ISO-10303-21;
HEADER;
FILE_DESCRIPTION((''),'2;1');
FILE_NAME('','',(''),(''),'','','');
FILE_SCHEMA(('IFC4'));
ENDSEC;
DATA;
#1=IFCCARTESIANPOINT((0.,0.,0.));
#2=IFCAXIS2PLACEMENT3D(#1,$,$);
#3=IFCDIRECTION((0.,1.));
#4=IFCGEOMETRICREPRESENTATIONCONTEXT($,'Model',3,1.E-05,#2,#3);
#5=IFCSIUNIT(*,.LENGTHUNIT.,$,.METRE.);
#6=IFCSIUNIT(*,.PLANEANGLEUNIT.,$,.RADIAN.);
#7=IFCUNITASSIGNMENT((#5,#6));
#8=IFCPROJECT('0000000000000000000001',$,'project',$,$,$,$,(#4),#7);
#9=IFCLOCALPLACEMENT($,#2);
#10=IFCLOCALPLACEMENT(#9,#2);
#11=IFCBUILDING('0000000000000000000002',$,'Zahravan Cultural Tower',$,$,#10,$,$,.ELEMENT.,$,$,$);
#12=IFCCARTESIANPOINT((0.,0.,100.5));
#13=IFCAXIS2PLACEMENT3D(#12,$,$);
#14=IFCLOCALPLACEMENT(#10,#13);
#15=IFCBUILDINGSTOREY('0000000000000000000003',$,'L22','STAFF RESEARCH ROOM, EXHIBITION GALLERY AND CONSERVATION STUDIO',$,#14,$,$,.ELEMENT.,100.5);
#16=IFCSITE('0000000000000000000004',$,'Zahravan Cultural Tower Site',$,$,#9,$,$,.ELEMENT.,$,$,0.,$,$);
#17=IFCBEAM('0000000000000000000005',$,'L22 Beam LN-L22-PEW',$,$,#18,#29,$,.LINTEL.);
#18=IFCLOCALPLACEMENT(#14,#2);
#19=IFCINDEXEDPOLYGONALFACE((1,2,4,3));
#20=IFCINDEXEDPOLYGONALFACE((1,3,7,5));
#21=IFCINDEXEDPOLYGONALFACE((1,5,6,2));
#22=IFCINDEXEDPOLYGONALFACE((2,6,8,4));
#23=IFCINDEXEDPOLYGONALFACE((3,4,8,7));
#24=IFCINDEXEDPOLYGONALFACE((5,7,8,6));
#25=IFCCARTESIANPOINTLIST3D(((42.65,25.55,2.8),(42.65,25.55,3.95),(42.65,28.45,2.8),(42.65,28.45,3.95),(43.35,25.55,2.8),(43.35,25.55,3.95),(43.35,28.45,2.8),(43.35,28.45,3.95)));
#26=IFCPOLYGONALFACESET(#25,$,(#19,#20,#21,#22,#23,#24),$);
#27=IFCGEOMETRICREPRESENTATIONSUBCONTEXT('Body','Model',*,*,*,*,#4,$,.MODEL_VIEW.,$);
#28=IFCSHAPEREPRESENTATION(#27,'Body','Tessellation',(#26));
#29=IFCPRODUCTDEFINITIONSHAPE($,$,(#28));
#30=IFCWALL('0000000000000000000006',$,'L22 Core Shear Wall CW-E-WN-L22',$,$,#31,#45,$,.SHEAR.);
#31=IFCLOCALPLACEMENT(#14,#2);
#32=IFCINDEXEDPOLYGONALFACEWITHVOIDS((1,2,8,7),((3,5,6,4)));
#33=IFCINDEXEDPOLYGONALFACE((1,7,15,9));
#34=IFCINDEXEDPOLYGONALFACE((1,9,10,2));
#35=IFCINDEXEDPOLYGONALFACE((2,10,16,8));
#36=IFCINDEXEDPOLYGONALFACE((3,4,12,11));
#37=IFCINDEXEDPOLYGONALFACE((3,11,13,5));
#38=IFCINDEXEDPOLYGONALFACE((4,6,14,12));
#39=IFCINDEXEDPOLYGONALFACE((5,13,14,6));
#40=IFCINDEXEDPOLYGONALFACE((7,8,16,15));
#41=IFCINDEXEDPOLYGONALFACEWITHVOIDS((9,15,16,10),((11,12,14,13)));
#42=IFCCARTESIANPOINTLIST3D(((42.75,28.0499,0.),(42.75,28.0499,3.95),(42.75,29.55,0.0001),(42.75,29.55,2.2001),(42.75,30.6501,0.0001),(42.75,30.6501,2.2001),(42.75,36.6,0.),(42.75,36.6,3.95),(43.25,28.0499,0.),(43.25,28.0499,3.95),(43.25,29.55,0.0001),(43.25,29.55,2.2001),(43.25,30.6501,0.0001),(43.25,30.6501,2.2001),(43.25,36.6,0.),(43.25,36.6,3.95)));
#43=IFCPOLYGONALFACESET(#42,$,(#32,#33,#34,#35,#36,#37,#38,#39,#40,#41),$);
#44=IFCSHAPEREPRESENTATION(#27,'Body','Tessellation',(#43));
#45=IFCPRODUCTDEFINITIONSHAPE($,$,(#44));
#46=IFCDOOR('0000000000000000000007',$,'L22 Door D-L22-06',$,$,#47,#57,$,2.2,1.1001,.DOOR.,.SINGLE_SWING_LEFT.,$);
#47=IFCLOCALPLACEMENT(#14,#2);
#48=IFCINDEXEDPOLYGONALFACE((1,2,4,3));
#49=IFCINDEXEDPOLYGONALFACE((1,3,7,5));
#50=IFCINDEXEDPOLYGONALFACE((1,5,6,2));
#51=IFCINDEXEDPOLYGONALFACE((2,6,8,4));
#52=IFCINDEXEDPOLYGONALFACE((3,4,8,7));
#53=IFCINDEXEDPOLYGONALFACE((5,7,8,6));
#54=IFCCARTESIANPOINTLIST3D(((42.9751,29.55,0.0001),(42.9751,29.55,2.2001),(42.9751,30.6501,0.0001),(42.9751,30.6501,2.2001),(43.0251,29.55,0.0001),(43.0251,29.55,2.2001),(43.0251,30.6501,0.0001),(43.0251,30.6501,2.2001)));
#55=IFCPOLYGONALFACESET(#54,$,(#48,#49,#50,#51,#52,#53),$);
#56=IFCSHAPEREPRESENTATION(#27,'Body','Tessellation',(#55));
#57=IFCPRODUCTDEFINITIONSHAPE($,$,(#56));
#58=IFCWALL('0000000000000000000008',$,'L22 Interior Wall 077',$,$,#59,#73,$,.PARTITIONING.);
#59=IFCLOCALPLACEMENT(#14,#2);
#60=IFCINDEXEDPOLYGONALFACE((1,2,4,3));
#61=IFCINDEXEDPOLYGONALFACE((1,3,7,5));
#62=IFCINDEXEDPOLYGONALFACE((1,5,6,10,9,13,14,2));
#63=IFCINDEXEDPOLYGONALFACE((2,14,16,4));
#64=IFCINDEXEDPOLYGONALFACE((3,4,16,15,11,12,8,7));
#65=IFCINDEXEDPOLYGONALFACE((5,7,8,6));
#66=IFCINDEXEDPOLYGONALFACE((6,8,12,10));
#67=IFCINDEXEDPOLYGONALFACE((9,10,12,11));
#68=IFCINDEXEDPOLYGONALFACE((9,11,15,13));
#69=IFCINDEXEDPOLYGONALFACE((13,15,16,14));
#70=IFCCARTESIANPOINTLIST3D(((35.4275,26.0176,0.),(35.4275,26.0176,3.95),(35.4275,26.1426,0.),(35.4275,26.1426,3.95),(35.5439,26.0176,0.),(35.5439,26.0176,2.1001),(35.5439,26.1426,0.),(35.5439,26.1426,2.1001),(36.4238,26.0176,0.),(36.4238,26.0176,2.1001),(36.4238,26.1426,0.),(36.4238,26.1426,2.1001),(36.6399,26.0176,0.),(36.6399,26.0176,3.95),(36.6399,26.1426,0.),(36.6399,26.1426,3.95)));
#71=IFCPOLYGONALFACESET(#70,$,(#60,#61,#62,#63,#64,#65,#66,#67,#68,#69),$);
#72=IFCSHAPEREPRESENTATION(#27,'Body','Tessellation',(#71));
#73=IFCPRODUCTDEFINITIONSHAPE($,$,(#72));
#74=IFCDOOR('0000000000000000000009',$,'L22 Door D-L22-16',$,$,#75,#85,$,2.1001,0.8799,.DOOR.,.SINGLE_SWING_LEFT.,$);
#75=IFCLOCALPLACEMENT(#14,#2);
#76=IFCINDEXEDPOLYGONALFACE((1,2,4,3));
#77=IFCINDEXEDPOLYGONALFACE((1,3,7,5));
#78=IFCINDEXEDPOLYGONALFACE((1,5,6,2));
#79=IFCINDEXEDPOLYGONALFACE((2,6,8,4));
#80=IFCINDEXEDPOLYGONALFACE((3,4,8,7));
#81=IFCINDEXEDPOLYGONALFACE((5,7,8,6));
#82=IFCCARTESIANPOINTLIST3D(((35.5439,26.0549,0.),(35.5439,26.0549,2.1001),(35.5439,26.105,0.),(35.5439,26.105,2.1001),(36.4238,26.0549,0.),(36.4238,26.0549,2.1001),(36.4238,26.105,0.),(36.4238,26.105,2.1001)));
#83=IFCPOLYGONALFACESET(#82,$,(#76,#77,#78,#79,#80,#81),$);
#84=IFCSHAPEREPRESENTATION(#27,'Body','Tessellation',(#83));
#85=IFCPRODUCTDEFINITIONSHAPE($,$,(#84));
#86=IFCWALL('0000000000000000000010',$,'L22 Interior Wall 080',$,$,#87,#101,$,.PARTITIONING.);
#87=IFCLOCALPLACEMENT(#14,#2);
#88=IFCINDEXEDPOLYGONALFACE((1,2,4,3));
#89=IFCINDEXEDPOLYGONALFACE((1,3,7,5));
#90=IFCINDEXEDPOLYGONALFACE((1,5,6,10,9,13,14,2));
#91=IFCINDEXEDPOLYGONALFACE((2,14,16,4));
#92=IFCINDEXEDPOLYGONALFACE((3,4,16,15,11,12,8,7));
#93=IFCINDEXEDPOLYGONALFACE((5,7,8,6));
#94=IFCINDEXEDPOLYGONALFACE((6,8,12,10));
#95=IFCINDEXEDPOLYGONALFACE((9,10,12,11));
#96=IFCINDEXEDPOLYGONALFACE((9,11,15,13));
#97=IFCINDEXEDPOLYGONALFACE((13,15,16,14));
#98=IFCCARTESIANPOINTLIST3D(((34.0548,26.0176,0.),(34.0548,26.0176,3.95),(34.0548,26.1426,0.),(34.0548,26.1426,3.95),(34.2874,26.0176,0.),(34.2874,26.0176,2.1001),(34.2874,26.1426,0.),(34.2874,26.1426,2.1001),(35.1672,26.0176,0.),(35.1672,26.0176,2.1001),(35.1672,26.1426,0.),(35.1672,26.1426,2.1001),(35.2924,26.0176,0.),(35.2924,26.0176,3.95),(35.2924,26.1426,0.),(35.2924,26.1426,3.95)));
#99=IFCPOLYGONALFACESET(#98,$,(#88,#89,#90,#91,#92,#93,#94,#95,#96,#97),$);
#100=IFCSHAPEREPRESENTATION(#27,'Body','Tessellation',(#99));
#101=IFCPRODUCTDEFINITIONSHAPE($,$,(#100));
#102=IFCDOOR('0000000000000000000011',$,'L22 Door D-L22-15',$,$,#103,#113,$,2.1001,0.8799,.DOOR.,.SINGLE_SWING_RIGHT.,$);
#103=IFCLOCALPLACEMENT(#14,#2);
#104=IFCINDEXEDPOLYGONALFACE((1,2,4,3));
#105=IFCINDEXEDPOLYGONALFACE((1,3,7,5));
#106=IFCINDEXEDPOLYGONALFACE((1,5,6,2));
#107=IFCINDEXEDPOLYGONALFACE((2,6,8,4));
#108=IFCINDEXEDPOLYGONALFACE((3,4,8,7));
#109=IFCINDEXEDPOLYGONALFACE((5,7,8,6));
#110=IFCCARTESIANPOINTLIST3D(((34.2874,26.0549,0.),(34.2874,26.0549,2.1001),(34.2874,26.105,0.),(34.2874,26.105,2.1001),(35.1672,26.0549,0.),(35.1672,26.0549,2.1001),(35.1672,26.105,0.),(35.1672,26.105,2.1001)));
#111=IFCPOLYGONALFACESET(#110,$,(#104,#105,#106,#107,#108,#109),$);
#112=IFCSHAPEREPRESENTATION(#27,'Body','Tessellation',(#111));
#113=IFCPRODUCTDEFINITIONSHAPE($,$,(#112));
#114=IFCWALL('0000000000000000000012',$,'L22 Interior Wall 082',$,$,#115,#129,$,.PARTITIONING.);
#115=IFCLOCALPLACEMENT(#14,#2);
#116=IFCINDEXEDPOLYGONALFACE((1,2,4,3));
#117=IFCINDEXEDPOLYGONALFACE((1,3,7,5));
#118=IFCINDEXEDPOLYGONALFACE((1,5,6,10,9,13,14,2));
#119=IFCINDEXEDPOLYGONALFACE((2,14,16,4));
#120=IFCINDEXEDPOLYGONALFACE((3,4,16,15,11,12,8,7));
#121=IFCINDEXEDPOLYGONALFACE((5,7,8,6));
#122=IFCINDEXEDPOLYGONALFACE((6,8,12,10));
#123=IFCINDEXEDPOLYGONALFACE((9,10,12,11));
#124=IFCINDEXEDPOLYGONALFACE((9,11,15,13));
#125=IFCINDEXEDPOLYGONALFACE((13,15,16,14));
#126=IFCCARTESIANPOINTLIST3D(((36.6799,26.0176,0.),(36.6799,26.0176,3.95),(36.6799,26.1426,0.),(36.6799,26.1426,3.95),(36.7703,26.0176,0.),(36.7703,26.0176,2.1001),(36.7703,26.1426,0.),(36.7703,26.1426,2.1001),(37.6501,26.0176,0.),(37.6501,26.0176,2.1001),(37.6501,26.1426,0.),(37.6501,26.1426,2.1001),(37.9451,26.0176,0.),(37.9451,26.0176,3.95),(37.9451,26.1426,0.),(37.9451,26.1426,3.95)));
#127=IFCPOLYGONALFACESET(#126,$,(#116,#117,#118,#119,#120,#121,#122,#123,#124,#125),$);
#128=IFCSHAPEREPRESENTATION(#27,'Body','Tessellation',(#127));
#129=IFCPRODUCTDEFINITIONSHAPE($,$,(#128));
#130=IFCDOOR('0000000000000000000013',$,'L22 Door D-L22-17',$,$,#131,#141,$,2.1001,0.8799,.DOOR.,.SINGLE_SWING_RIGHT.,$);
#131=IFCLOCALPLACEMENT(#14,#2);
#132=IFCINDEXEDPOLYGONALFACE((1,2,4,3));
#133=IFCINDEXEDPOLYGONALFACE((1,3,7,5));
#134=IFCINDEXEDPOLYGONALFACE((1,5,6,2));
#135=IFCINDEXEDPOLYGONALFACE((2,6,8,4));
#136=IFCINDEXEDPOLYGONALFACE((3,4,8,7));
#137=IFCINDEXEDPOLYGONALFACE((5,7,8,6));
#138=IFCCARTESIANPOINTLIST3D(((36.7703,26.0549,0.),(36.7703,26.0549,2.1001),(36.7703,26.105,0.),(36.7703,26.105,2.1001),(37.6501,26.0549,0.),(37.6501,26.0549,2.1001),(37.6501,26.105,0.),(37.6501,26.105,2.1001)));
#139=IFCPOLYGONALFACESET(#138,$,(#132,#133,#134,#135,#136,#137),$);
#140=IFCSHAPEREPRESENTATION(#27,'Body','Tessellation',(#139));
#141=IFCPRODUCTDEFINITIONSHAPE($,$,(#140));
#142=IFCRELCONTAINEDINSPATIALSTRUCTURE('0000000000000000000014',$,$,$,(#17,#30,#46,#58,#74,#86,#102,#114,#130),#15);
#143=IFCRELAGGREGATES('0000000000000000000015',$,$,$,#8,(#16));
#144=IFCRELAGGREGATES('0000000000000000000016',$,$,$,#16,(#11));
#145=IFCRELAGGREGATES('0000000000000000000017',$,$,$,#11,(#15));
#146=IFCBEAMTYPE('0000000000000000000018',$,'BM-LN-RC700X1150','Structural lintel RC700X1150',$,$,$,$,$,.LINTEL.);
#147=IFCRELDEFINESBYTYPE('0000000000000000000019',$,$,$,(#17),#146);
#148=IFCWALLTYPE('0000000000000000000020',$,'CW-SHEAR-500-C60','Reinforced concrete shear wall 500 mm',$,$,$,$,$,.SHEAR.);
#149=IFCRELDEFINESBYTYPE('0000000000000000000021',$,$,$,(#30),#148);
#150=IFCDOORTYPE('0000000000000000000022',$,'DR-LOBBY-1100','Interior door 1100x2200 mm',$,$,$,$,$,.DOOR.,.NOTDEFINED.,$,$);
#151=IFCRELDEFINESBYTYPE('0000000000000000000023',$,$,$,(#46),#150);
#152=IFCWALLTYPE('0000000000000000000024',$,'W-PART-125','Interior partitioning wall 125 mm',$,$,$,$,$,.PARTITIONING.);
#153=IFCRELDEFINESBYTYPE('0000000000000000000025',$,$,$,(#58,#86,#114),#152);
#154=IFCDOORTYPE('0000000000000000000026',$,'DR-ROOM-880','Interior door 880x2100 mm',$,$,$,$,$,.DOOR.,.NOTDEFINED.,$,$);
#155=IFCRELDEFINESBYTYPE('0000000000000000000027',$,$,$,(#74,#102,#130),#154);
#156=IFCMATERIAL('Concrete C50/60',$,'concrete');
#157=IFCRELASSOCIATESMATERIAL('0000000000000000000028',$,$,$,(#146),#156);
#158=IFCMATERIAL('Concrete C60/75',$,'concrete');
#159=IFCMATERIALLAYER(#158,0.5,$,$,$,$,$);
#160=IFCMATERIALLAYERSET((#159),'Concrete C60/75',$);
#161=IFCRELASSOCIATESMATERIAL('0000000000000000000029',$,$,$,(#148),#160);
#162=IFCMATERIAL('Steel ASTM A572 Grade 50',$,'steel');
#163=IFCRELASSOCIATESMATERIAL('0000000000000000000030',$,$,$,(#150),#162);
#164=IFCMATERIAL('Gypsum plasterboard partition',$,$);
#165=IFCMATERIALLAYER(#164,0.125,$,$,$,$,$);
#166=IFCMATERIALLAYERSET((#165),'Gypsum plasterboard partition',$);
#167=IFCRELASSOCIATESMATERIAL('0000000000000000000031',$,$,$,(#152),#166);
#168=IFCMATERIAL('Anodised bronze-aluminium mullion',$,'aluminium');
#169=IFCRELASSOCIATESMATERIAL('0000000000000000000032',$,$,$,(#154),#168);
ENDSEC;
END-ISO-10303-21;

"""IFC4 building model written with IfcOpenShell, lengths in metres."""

from ifc_helpers import new_model, si_unit, direction, frame, frame_2d, origin, origin_2d, place, context, subcontext, project, spatial, rectangle, extrude, source, transform, mapped, material, layer, layer_set, material_profile, profile_set, type_object, element, fill, save


model = new_model("IFC4")

# Units and contexts
model_context = context("Model", 3, precision=1e-05, world=origin(), true_north=direction((0.0, 1.0)))
body_context = subcontext(model_context, "Body", "Model", "MODEL_VIEW")
ifc_project = project(units=[si_unit("LENGTHUNIT", "METRE"), si_unit("PLANEANGLEUNIT", "RADIAN")], contexts=[model_context])

# Site, building, storey
site_placement = place(None, origin())
site = spatial("IfcSite", under=ifc_project, at=site_placement, Name="Zahravan Cultural Tower Site", CompositionType="ELEMENT", RefElevation=0.0)
building_placement = place(site_placement, origin())
building = spatial("IfcBuilding", under=site, at=building_placement, Name="Zahravan Cultural Tower", CompositionType="ELEMENT")
storey_placement = place(building_placement, frame((0.0, 0.0, 100.5)))
storey = spatial("IfcBuildingStorey", under=building, at=storey_placement, Name="L22", Description="STAFF RESEARCH ROOM, EXHIBITION GALLERY AND CONSERVATION STUDIO", CompositionType="ELEMENT", Elevation=100.5)

# Beam
ifc_material_1 = material(Name="Concrete C50/60", Category="concrete")
ifc_material_profile = material_profile(ifc_material_1, rectangle(XDim=0.7, YDim=1.1499, at=origin_2d()), Name="RC700X1150")
ifc_profile_set = profile_set([ifc_material_profile], Name="Concrete C50/60")
beam_type = type_object("IfcBeamType", Name="BM-LN-RC700X1150", Description="Structural lintel RC700X1150", PredefinedType="LINTEL", material=ifc_profile_set)
shared_shape_1 = source(origin(), body_context, "Body", "SweptSolid", [
    extrude(rectangle(XDim=0.7, YDim=1.1499, at=origin_2d()), origin(), (0.0, 0.0, 1.0), 2.8999),
])
beam_placement = place(storey_placement, frame((43.0, 25.55, 3.375), z_axis=(0.0, 1.0, 0.0), x_axis=(-1.0, 0.0, 0.0)))
element("IfcBeam", 1, at=beam_placement, inside=storey, type_object=beam_type, Name="L22 Beam LN-L22-PEW", PredefinedType="LINTEL", context=body_context, shape_type="MappedRepresentation", body=[
    mapped(shared_shape_1, transform((0.0, 0.0, 0.0), x_axis=(1.0, 0.0, 0.0), y_axis=(0.0, 1.0, 0.0), z_axis=(0.0, 0.0, 1.0), scale=1.0)),
])

# Walls, openings, doors
ifc_material_2 = material(Name="Concrete C60/75", Category="concrete")
ifc_layer_1 = layer(ifc_material_2, 0.5)
ifc_layer_set_1 = layer_set([ifc_layer_1], Name="Concrete C60/75")
wall_type_1 = type_object("IfcWallType", Name="CW-SHEAR-500-C60", Description="Reinforced concrete shear wall 500 mm", PredefinedType="SHEAR", material=ifc_layer_set_1)
wall_1_placement = place(storey_placement, frame((43.0, 28.05, 0.0), z_axis=(0.0, 0.0, 1.0), x_axis=(0.0, 1.0, 0.0)))
wall_1 = element("IfcWall", 2, at=wall_1_placement, inside=storey, type_object=wall_type_1, Name="L22 Core Shear Wall CW-E-WN-L22", PredefinedType="SHEAR", context=body_context, shape_type="SweptSolid", body=[
    extrude(rectangle(XDim=8.55, YDim=0.5, at=frame_2d((4.2749, 0.0))), origin(), (0.0, 0.0, 1.0), 3.95),
])
opening_1_placement = place(wall_1_placement, frame((1.5, 0.0, 0.0)))
opening_1 = element("IfcOpeningElement", 3, at=opening_1_placement, cuts=wall_1, PredefinedType="OPENING", context=body_context, shape_type="SweptSolid", body=[
    extrude(rectangle(XDim=1.1001, YDim=2.2, at=frame_2d((0.55, 1.1001))), frame((0.0, 0.26, 0.0), z_axis=(0.0, -1.0, 0.0), x_axis=(1.0, 0.0, 0.0)), (0.0, 0.0, 1.0), 0.52),
])
ifc_material_3 = material(Name="Steel ASTM A572 Grade 50", Category="steel")
door_type_1 = type_object("IfcDoorType", Name="DR-LOBBY-1100", Description="Interior door 1100x2200 mm", OperationType="NOTDEFINED", PredefinedType="DOOR", material=ifc_material_3)
shared_shape_2 = source(origin(), body_context, "Body", "SweptSolid", [
    extrude(rectangle(XDim=1.1001, YDim=2.2, at=frame_2d((0.55, 1.1001))), frame((0.0, 0.0249, 0.0), z_axis=(0.0, -1.0, 0.0), x_axis=(1.0, 0.0, 0.0)), (0.0, 0.0, 1.0), 0.05),
])
door_1_placement = place(opening_1_placement, origin())
door_1 = element("IfcDoor", 4, at=door_1_placement, inside=storey, type_object=door_type_1, Name="L22 Door D-L22-06", OperationType="SINGLE_SWING_LEFT", OverallHeight=2.2, OverallWidth=1.1001, PredefinedType="DOOR", context=body_context, shape_type="MappedRepresentation", body=[
    mapped(shared_shape_2, transform((0.0, 0.0, 0.0), x_axis=(1.0, 0.0, 0.0), y_axis=(0.0, 1.0, 0.0), z_axis=(0.0, 0.0, 1.0), scale=1.0)),
])
fill(opening_1, door_1)
ifc_material_4 = material(Name="Gypsum plasterboard partition")
ifc_layer_2 = layer(ifc_material_4, 0.125)
ifc_layer_set_2 = layer_set([ifc_layer_2], Name="Gypsum plasterboard partition")
wall_type_2 = type_object("IfcWallType", Name="W-PART-125", Description="Interior partitioning wall 125 mm", PredefinedType="PARTITIONING", material=ifc_layer_set_2)
wall_2_placement = place(storey_placement, frame((35.4275, 26.0801, 0.0), z_axis=(0.0, 0.0, 1.0), x_axis=(1.0, 0.0, 0.0)))
wall_2 = element("IfcWall", 5, at=wall_2_placement, inside=storey, type_object=wall_type_2, Name="L22 Interior Wall 077", PredefinedType="PARTITIONING", context=body_context, shape_type="SweptSolid", body=[
    extrude(rectangle(XDim=1.2124, YDim=0.125, at=frame_2d((0.6062, 0.0))), origin(), (0.0, 0.0, 1.0), 3.95),
])
opening_2_placement = place(wall_2_placement, frame((0.1165, 0.0, 0.0)))
opening_2 = element("IfcOpeningElement", 6, at=opening_2_placement, cuts=wall_2, PredefinedType="OPENING", context=body_context, shape_type="SweptSolid", body=[
    extrude(rectangle(XDim=0.8799, YDim=2.1001, at=frame_2d((0.4399, 1.05))), frame((0.0, 0.0725, 0.0), z_axis=(0.0, -1.0, 0.0), x_axis=(1.0, 0.0, 0.0)), (0.0, 0.0, 1.0), 0.145),
])
ifc_material_5 = material(Name="Anodised bronze-aluminium mullion", Category="aluminium")
door_type_2 = type_object("IfcDoorType", Name="DR-ROOM-880", Description="Interior door 880x2100 mm", OperationType="NOTDEFINED", PredefinedType="DOOR", material=ifc_material_5)
shared_shape_3 = source(origin(), body_context, "Body", "SweptSolid", [
    extrude(rectangle(XDim=0.8799, YDim=2.1001, at=frame_2d((0.4399, 1.05))), frame((0.0, 0.0249, 0.0), z_axis=(0.0, -1.0, 0.0), x_axis=(1.0, 0.0, 0.0)), (0.0, 0.0, 1.0), 0.05),
])
door_2_placement = place(opening_2_placement, origin())
door_2 = element("IfcDoor", 7, at=door_2_placement, inside=storey, type_object=door_type_2, Name="L22 Door D-L22-16", OperationType="SINGLE_SWING_LEFT", OverallHeight=2.1001, OverallWidth=0.8799, PredefinedType="DOOR", context=body_context, shape_type="MappedRepresentation", body=[
    mapped(shared_shape_3, transform((0.0, 0.0, 0.0), x_axis=(1.0, 0.0, 0.0), y_axis=(0.0, 1.0, 0.0), z_axis=(0.0, 0.0, 1.0), scale=1.0)),
])
fill(opening_2, door_2)
wall_3_placement = place(storey_placement, frame((34.0549, 26.0801, 0.0), z_axis=(0.0, 0.0, 1.0), x_axis=(1.0, 0.0, 0.0)))
wall_3 = element("IfcWall", 8, at=wall_3_placement, inside=storey, type_object=wall_type_2, Name="L22 Interior Wall 080", PredefinedType="PARTITIONING", context=body_context, shape_type="SweptSolid", body=[
    extrude(rectangle(XDim=1.2375, YDim=0.125, at=frame_2d((0.6187, 0.0))), origin(), (0.0, 0.0, 1.0), 3.95),
])
opening_3_placement = place(wall_3_placement, frame((0.2324, 0.0, 0.0)))
opening_3 = element("IfcOpeningElement", 9, at=opening_3_placement, cuts=wall_3, PredefinedType="OPENING", context=body_context, shape_type="SweptSolid", body=[
    extrude(rectangle(XDim=0.8799, YDim=2.1001, at=frame_2d((0.4399, 1.05))), frame((0.0, 0.0725, 0.0), z_axis=(0.0, -1.0, 0.0), x_axis=(1.0, 0.0, 0.0)), (0.0, 0.0, 1.0), 0.145),
])
door_3_placement = place(opening_3_placement, origin())
door_3 = element("IfcDoor", 10, at=door_3_placement, inside=storey, type_object=door_type_2, Name="L22 Door D-L22-15", OperationType="SINGLE_SWING_RIGHT", OverallHeight=2.1001, OverallWidth=0.8799, PredefinedType="DOOR", context=body_context, shape_type="MappedRepresentation", body=[
    mapped(shared_shape_3, transform((0.0, 0.0, 0.0), x_axis=(1.0, 0.0, 0.0), y_axis=(0.0, 1.0, 0.0), z_axis=(0.0, 0.0, 1.0), scale=1.0)),
])
fill(opening_3, door_3)
wall_4_placement = place(storey_placement, frame((36.6799, 26.0801, 0.0), z_axis=(0.0, 0.0, 1.0), x_axis=(1.0, 0.0, 0.0)))
wall_4 = element("IfcWall", 11, at=wall_4_placement, inside=storey, type_object=wall_type_2, Name="L22 Interior Wall 082", PredefinedType="PARTITIONING", context=body_context, shape_type="SweptSolid", body=[
    extrude(rectangle(XDim=1.2651, YDim=0.125, at=frame_2d((0.6326, 0.0))), origin(), (0.0, 0.0, 1.0), 3.95),
])
opening_4_placement = place(wall_4_placement, frame((0.0903, 0.0, 0.0)))
opening_4 = element("IfcOpeningElement", 12, at=opening_4_placement, cuts=wall_4, PredefinedType="OPENING", context=body_context, shape_type="SweptSolid", body=[
    extrude(rectangle(XDim=0.8799, YDim=2.1001, at=frame_2d((0.4399, 1.05))), frame((0.0, 0.0725, 0.0), z_axis=(0.0, -1.0, 0.0), x_axis=(1.0, 0.0, 0.0)), (0.0, 0.0, 1.0), 0.145),
])
door_4_placement = place(opening_4_placement, origin())
door_4 = element("IfcDoor", 13, at=door_4_placement, inside=storey, type_object=door_type_2, Name="L22 Door D-L22-17", OperationType="SINGLE_SWING_RIGHT", OverallHeight=2.1001, OverallWidth=0.8799, PredefinedType="DOOR", context=body_context, shape_type="MappedRepresentation", body=[
    mapped(shared_shape_3, transform((0.0, 0.0, 0.0), x_axis=(1.0, 0.0, 0.0), y_axis=(0.0, 1.0, 0.0), z_axis=(0.0, 0.0, 1.0), scale=1.0)),
])
fill(opening_4, door_4)

save(model, "model.ifc")
